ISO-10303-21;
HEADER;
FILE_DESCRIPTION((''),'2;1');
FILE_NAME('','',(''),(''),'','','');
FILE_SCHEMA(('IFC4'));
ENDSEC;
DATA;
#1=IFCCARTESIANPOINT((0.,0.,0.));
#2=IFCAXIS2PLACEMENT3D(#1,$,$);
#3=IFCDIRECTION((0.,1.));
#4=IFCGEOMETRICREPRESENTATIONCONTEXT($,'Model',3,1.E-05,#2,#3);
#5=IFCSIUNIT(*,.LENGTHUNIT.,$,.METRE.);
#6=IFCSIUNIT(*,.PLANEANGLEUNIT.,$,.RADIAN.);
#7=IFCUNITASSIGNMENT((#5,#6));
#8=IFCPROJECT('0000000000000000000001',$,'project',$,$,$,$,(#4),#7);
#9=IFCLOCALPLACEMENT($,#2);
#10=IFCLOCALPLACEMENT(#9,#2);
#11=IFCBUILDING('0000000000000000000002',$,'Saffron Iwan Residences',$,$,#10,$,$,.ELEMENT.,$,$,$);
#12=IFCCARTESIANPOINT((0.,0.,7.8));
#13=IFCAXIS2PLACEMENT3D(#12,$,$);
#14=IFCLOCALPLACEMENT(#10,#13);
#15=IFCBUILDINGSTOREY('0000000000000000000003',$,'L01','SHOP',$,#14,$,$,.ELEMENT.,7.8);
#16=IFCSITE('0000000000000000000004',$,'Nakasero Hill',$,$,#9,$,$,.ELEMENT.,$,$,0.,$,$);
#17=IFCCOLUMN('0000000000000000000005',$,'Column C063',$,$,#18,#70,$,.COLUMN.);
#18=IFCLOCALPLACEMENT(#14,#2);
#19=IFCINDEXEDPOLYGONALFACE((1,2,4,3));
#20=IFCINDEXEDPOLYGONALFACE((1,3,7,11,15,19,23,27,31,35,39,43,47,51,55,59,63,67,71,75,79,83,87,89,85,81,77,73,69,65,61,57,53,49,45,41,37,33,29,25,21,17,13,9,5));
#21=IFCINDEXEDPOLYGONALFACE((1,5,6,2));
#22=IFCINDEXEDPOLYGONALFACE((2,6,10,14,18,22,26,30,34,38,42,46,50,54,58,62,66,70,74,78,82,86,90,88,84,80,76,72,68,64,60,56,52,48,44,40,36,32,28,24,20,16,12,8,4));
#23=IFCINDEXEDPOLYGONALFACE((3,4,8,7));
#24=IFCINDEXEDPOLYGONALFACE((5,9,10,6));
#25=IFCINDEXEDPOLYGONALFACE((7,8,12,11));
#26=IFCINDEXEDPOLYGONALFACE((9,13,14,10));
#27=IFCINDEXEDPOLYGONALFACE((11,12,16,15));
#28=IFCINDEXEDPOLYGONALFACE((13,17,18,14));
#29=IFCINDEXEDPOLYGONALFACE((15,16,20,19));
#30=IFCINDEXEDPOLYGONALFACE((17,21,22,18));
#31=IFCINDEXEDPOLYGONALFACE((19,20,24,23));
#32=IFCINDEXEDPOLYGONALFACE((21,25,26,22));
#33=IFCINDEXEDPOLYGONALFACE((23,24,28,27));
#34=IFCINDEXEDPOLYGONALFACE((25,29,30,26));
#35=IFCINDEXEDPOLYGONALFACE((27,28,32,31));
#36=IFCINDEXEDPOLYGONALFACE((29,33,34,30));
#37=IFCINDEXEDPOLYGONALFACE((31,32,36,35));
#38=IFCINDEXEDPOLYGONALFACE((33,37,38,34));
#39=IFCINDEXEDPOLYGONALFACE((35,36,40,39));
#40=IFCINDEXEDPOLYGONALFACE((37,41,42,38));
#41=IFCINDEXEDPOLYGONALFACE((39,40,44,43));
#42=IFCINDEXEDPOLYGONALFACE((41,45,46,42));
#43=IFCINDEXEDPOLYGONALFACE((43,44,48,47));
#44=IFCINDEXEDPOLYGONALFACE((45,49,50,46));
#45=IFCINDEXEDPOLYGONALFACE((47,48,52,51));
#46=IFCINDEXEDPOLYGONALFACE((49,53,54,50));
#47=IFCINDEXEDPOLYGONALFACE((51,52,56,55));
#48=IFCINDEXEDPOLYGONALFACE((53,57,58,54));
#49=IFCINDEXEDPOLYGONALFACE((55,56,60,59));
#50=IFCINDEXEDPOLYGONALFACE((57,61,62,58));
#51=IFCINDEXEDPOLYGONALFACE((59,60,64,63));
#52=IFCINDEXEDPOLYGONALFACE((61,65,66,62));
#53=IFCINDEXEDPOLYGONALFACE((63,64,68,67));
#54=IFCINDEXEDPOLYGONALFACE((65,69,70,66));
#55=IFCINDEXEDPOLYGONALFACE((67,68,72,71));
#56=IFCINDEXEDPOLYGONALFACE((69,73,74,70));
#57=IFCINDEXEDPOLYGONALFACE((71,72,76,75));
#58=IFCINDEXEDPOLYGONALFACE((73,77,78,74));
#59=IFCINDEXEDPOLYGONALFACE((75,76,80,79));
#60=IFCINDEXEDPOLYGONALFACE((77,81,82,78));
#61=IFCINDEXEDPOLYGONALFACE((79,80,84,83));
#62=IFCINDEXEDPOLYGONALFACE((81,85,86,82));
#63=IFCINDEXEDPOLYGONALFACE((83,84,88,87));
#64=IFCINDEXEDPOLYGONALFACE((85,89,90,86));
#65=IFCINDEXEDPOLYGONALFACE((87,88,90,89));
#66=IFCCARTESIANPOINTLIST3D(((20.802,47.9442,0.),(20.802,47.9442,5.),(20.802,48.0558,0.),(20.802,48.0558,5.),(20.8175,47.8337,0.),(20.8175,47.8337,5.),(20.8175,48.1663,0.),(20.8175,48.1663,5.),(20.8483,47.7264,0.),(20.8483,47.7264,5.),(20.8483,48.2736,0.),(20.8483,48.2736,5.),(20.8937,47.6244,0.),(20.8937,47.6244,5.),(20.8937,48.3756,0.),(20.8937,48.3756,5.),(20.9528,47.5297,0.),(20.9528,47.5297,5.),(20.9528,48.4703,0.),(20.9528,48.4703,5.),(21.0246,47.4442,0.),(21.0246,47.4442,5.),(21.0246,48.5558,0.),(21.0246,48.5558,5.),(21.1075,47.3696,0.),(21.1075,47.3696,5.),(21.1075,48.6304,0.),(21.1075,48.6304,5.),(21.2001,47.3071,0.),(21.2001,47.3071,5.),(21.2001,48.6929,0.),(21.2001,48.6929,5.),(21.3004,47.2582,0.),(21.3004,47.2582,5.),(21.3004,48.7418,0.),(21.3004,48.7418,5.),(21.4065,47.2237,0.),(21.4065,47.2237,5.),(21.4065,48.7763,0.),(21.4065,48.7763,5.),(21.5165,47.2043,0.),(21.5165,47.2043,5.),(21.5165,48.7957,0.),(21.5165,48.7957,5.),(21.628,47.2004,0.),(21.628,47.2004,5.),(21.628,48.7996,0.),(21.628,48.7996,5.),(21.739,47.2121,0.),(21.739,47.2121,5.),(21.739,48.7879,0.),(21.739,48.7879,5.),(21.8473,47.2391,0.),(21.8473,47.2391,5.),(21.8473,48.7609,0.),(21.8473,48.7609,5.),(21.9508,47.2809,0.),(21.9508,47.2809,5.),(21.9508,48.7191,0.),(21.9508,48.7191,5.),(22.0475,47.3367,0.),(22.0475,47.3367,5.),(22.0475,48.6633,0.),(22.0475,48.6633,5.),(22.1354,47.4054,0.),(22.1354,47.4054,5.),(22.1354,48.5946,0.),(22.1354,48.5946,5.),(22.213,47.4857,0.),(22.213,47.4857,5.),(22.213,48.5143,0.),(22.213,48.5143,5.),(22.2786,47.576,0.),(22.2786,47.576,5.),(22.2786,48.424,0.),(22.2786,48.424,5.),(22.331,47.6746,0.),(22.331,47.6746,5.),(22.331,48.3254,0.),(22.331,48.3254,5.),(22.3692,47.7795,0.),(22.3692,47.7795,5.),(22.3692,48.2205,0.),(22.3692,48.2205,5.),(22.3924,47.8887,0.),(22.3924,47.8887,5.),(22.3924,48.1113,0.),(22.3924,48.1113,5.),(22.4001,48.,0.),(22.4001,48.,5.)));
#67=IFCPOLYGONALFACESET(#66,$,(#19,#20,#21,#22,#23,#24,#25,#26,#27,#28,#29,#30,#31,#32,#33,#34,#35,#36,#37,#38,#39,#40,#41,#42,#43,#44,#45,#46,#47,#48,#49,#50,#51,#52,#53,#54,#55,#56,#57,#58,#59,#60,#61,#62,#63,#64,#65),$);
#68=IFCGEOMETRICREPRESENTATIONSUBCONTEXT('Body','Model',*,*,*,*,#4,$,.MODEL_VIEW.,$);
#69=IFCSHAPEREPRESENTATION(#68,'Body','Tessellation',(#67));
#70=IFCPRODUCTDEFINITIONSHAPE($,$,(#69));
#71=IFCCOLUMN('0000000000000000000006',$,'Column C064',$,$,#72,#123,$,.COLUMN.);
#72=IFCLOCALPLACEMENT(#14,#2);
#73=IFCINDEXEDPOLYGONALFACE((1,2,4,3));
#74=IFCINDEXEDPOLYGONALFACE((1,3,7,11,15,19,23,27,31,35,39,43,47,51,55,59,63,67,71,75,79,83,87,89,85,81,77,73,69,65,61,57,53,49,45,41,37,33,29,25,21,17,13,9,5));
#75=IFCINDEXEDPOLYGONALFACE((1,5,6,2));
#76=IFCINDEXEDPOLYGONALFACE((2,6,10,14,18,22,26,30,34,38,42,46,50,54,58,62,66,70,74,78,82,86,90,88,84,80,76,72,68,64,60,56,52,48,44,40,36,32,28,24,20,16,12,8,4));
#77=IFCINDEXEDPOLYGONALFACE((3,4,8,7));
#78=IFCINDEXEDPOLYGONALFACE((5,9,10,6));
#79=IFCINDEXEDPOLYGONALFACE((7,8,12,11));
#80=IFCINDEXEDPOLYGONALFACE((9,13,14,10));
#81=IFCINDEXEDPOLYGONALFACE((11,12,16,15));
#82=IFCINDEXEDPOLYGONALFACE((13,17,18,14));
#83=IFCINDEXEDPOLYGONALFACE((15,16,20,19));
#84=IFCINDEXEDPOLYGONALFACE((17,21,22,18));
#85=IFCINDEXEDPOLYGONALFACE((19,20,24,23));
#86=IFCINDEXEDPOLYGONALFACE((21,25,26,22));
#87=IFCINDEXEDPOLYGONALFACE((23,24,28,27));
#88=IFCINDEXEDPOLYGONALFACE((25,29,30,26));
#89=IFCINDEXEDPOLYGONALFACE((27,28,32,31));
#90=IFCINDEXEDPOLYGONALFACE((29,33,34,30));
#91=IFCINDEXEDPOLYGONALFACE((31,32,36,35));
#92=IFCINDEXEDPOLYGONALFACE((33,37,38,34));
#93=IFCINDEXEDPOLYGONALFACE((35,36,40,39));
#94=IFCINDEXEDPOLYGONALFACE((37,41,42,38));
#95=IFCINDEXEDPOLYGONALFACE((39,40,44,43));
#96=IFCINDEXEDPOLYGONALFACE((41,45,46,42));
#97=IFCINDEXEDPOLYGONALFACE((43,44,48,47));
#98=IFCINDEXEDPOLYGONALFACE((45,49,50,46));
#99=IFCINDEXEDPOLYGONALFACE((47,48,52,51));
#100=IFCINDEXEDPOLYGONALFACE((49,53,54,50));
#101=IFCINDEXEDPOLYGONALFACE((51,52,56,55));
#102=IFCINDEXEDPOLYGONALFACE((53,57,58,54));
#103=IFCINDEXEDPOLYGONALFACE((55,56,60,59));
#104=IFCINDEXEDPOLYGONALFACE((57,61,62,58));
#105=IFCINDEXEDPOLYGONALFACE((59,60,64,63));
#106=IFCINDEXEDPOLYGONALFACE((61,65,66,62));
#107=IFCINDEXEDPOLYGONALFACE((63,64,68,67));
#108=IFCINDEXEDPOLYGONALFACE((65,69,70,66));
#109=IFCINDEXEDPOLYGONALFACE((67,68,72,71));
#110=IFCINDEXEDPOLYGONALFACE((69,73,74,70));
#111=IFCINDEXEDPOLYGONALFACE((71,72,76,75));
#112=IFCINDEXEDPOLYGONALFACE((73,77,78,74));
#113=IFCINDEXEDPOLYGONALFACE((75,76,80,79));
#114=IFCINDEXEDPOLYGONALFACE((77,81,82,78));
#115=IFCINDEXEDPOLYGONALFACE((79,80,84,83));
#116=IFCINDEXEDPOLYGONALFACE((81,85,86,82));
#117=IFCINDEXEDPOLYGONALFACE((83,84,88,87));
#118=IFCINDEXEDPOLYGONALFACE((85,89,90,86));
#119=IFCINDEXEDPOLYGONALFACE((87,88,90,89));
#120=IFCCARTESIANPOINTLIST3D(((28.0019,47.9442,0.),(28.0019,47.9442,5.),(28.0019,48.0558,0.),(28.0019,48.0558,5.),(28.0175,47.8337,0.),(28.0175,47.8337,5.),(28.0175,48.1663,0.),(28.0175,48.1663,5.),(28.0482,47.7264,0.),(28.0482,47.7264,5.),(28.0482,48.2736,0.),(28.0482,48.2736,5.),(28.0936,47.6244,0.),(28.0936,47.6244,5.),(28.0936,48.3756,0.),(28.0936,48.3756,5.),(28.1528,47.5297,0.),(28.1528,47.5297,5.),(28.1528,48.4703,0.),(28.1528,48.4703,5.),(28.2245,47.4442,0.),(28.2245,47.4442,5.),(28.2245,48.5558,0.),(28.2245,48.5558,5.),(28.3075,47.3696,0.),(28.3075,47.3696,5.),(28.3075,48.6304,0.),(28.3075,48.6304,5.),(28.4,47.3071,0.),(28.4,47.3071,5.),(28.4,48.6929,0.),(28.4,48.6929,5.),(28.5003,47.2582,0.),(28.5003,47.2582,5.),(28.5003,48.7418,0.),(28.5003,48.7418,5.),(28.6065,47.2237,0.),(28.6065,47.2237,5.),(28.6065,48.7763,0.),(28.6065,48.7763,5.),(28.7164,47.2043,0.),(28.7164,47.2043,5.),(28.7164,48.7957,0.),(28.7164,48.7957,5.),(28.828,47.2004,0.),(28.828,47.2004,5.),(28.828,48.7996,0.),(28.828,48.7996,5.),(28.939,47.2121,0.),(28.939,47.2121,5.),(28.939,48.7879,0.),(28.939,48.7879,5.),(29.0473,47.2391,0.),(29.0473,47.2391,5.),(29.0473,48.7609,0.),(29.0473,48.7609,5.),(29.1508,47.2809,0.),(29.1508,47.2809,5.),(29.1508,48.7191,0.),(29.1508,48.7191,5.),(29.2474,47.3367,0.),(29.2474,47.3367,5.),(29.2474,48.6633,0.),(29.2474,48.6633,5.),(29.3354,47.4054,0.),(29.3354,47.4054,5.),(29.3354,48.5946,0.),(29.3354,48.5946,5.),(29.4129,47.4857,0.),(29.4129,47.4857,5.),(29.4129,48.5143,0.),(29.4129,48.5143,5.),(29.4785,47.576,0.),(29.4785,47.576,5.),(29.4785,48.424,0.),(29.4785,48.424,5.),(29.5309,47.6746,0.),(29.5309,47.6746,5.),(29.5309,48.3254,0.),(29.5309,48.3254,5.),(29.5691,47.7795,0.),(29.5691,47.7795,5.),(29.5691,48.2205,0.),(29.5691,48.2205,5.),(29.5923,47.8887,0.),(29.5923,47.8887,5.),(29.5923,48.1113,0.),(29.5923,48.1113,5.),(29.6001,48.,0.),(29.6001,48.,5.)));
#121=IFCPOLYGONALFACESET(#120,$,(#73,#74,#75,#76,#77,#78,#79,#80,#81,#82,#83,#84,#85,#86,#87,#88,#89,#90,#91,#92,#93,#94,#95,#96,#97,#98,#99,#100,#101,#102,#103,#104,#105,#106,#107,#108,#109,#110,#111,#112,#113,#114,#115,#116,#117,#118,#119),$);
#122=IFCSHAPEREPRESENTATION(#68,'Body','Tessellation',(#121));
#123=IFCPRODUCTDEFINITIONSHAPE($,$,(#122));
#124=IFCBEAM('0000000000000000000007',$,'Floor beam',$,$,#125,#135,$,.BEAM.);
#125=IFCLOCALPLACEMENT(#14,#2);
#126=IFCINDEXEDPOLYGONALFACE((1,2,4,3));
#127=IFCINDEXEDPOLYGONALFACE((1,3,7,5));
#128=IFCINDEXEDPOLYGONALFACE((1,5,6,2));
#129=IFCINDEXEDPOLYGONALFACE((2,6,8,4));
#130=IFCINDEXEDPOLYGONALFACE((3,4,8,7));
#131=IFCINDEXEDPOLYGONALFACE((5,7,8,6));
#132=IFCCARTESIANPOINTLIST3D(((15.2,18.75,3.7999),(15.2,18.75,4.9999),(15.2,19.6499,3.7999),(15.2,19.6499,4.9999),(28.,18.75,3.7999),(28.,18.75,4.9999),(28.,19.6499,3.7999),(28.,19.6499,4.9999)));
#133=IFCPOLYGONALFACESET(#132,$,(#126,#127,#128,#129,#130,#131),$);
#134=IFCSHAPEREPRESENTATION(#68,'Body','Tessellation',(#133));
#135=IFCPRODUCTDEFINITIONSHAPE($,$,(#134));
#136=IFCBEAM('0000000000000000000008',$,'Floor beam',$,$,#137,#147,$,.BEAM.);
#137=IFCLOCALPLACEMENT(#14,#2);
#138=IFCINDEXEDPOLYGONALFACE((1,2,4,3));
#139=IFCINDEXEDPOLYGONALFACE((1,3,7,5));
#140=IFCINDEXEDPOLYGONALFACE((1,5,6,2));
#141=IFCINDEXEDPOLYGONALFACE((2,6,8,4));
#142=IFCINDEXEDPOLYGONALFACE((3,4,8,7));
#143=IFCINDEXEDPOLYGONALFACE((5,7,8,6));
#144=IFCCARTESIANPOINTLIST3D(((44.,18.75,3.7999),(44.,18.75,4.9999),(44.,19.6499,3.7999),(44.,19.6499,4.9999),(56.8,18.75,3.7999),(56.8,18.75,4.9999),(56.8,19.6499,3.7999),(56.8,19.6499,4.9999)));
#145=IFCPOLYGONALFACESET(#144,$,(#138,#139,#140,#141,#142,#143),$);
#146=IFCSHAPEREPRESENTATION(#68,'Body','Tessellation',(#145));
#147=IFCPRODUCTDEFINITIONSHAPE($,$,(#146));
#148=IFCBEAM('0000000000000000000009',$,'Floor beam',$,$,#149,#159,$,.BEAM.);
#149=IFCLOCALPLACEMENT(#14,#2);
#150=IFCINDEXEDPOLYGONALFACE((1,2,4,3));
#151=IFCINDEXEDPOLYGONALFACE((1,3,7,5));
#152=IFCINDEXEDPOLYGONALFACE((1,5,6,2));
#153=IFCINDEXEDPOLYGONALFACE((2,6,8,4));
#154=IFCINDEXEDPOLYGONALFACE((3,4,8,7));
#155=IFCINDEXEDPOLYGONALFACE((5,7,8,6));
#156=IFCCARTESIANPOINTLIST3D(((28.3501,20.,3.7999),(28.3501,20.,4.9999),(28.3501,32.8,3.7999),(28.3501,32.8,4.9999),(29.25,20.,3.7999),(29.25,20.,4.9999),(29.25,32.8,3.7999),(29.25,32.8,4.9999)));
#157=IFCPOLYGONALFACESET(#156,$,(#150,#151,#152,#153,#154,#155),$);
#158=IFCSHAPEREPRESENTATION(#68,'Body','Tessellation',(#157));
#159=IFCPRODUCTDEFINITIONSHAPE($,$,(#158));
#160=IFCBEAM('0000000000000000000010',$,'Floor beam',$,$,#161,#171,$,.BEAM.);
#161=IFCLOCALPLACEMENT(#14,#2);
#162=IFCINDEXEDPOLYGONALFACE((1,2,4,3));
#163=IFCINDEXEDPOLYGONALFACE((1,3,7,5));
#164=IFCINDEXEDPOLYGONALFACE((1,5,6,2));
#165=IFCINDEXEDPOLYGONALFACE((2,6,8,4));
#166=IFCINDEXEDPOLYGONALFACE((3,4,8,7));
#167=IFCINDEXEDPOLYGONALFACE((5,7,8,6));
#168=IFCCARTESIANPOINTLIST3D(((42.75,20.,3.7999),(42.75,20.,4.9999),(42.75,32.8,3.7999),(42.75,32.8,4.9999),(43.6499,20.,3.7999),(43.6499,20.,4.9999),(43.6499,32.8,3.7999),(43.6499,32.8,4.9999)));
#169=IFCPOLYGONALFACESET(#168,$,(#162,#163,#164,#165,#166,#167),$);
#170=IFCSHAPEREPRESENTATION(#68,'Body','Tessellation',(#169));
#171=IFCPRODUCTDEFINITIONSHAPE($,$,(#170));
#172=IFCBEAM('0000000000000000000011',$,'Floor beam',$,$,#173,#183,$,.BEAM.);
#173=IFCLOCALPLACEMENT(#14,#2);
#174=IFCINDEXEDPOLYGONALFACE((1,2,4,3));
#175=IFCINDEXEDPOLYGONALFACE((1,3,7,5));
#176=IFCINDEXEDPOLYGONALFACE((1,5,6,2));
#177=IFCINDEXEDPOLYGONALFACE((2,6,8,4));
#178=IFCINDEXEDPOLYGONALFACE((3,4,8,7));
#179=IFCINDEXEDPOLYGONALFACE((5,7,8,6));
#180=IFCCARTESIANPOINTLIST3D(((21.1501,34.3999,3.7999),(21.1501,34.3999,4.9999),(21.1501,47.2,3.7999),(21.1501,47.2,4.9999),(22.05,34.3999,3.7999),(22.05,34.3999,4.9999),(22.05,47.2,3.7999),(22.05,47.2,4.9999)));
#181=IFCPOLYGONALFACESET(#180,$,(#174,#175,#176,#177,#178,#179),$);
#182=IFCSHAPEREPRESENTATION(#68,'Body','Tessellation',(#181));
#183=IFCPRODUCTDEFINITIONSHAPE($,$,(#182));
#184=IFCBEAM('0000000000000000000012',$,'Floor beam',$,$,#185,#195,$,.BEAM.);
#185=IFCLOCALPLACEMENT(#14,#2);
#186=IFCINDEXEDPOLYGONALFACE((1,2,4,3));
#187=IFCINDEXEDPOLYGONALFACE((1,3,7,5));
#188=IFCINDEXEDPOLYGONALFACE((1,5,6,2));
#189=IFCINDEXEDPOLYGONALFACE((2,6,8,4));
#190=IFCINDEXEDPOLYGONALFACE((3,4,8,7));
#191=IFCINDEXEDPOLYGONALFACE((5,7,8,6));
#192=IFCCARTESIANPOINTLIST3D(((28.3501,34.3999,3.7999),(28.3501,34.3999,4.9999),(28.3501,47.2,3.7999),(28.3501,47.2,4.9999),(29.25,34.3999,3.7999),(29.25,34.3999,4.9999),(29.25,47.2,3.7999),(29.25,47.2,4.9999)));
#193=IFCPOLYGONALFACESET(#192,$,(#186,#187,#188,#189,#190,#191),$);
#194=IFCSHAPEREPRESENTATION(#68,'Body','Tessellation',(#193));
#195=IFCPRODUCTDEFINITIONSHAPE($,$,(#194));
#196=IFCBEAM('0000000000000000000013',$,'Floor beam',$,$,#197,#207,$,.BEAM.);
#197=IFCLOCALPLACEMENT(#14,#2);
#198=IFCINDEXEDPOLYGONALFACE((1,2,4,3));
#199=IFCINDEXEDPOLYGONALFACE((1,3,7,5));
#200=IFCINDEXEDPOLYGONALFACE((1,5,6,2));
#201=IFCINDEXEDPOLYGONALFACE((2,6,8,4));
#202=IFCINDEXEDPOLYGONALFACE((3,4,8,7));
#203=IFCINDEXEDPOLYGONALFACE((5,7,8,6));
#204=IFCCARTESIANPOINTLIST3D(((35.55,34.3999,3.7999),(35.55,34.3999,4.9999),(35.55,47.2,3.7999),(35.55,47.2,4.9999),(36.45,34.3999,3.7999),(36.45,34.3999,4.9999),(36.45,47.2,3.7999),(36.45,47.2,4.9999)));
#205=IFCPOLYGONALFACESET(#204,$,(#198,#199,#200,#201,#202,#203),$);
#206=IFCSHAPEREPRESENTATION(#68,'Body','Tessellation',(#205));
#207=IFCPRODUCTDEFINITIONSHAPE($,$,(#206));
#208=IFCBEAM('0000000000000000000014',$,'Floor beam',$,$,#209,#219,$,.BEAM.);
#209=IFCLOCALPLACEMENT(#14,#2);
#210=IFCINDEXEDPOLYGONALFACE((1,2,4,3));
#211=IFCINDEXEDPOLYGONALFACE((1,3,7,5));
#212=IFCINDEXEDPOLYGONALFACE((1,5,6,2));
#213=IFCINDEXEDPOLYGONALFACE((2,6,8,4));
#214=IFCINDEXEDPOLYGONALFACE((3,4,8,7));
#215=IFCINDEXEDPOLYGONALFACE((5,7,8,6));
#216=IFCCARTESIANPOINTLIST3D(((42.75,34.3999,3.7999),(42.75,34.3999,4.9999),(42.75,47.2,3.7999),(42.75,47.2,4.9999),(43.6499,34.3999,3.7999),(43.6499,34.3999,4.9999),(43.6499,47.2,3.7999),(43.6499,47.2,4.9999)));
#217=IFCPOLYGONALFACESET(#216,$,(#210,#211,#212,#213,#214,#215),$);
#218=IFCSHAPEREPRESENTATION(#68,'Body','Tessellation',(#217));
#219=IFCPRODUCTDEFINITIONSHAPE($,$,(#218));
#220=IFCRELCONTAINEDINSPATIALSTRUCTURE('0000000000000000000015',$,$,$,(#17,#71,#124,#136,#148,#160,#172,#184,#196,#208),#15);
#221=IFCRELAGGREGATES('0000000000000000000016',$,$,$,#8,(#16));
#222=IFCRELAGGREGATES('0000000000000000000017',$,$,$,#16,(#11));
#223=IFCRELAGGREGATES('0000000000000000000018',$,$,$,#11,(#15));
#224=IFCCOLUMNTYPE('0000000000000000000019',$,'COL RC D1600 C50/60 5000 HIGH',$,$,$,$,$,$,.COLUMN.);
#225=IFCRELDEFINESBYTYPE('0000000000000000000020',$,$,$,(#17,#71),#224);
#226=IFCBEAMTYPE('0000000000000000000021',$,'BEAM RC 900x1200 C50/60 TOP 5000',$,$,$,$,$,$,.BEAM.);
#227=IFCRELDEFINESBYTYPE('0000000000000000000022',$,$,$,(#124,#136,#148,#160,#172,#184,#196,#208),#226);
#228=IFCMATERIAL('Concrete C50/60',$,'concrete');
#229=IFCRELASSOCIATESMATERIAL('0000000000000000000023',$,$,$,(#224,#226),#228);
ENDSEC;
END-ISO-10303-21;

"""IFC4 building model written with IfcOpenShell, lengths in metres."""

from ifc_helpers import new_model, si_unit, direction, frame, origin, origin_2d, place, context, subcontext, project, spatial, rectangle, circle, extrude, source, transform, mapped, material, material_profile, profile_set, type_object, element, save


model = new_model("IFC4")

# Units and contexts
model_context = context("Model", 3, precision=1e-05, world=origin(), true_north=direction((0.0, 1.0)))
body_context = subcontext(model_context, "Body", "Model", "MODEL_VIEW")
ifc_project = project(units=[si_unit("LENGTHUNIT", "METRE"), si_unit("PLANEANGLEUNIT", "RADIAN")], contexts=[model_context])

# Site, building, storey
site_placement = place(None, origin())
site = spatial("IfcSite", under=ifc_project, at=site_placement, Name="Nakasero Hill", CompositionType="ELEMENT", RefElevation=0.0)
building_placement = place(site_placement, origin())
building = spatial("IfcBuilding", under=site, at=building_placement, Name="Saffron Iwan Residences", CompositionType="ELEMENT")
storey_placement = place(building_placement, frame((0.0, 0.0, 7.8)))
storey = spatial("IfcBuildingStorey", under=building, at=storey_placement, Name="L01", Description="SHOP", CompositionType="ELEMENT", Elevation=7.8)

# Columns
ifc_material_1 = material(Name="Concrete C50/60", Category="concrete")
ifc_material_profile_1 = material_profile(ifc_material_1, circle(Radius=0.8, at=origin_2d()), Name="RC D1600")
ifc_profile_set_1 = profile_set([ifc_material_profile_1], Name="Concrete C50/60")
column_type = type_object("IfcColumnType", Name="COL RC D1600 C50/60 5000 HIGH", PredefinedType="COLUMN", material=ifc_profile_set_1)
shared_shape_1 = source(origin(), body_context, "Body", "SweptSolid", [
    extrude(circle(Radius=0.8, at=origin_2d()), origin(), (0.0, 0.0, 1.0), 5.0),
])
for number, where, z_axis, x_axis, name in (
    (1, (21.6001, 48.0, 0.0), (0.0, 0.0, 1.0), (1.0, 0.0, 0.0), "Column C063"),
    (2, (28.8, 48.0, 0.0), (0.0, 0.0, 1.0), (1.0, 0.0, 0.0), "Column C064"),
):
    element("IfcColumn", number, at=place(storey_placement, frame(where, z_axis=z_axis, x_axis=x_axis)), inside=storey, type_object=column_type, Name=name, PredefinedType="COLUMN", context=body_context, shape_type="MappedRepresentation", body=[
        mapped(shared_shape_1, transform((0.0, 0.0, 0.0))),
    ])

# Beams
ifc_material_profile_2 = material_profile(ifc_material_1, rectangle(XDim=0.8999, YDim=1.2, at=origin_2d()), Name="RC 900x1200")
ifc_profile_set_2 = profile_set([ifc_material_profile_2], Name="Concrete C50/60")
beam_type_1 = type_object("IfcBeamType", Name="BEAM RC 900x1200 C50/60 TOP 5000", PredefinedType="BEAM", material=ifc_profile_set_2)
shared_shape_2 = source(origin(), body_context, "Body", "SweptSolid", [
    extrude(rectangle(XDim=0.8999, YDim=1.2, at=origin_2d()), origin(), (0.0, 0.0, 1.0), 12.8),
])
for number, where, z_axis, x_axis, name in (
    (3, (15.2, 19.2, 4.3999), (1.0, 0.0, 0.0), (0.0, 1.0, 0.0), "Floor beam"),
    (4, (44.0, 19.2, 4.3999), (1.0, 0.0, 0.0), (0.0, 1.0, 0.0), "Floor beam"),
    (5, (28.8, 20.0, 4.3999), (0.0, 1.0, 0.0), (-1.0, 0.0, 0.0), "Floor beam"),
    (6, (43.2, 20.0, 4.3999), (0.0, 1.0, 0.0), (-1.0, 0.0, 0.0), "Floor beam"),
    (7, (21.6001, 34.3999, 4.3999), (0.0, 1.0, 0.0), (-1.0, 0.0, 0.0), "Floor beam"),
    (8, (28.8, 34.3999, 4.3999), (0.0, 1.0, 0.0), (-1.0, 0.0, 0.0), "Floor beam"),
    (9, (36.0, 34.3999, 4.3999), (0.0, 1.0, 0.0), (-1.0, 0.0, 0.0), "Floor beam"),
    (10, (43.2, 34.3999, 4.3999), (0.0, 1.0, 0.0), (-1.0, 0.0, 0.0), "Floor beam"),
):
    element("IfcBeam", number, at=place(storey_placement, frame(where, z_axis=z_axis, x_axis=x_axis)), inside=storey, type_object=beam_type_1, Name=name, PredefinedType="BEAM", context=body_context, shape_type="MappedRepresentation", body=[
        mapped(shared_shape_2, transform((0.0, 0.0, 0.0))),
    ])

save(model, "model.ifc")
